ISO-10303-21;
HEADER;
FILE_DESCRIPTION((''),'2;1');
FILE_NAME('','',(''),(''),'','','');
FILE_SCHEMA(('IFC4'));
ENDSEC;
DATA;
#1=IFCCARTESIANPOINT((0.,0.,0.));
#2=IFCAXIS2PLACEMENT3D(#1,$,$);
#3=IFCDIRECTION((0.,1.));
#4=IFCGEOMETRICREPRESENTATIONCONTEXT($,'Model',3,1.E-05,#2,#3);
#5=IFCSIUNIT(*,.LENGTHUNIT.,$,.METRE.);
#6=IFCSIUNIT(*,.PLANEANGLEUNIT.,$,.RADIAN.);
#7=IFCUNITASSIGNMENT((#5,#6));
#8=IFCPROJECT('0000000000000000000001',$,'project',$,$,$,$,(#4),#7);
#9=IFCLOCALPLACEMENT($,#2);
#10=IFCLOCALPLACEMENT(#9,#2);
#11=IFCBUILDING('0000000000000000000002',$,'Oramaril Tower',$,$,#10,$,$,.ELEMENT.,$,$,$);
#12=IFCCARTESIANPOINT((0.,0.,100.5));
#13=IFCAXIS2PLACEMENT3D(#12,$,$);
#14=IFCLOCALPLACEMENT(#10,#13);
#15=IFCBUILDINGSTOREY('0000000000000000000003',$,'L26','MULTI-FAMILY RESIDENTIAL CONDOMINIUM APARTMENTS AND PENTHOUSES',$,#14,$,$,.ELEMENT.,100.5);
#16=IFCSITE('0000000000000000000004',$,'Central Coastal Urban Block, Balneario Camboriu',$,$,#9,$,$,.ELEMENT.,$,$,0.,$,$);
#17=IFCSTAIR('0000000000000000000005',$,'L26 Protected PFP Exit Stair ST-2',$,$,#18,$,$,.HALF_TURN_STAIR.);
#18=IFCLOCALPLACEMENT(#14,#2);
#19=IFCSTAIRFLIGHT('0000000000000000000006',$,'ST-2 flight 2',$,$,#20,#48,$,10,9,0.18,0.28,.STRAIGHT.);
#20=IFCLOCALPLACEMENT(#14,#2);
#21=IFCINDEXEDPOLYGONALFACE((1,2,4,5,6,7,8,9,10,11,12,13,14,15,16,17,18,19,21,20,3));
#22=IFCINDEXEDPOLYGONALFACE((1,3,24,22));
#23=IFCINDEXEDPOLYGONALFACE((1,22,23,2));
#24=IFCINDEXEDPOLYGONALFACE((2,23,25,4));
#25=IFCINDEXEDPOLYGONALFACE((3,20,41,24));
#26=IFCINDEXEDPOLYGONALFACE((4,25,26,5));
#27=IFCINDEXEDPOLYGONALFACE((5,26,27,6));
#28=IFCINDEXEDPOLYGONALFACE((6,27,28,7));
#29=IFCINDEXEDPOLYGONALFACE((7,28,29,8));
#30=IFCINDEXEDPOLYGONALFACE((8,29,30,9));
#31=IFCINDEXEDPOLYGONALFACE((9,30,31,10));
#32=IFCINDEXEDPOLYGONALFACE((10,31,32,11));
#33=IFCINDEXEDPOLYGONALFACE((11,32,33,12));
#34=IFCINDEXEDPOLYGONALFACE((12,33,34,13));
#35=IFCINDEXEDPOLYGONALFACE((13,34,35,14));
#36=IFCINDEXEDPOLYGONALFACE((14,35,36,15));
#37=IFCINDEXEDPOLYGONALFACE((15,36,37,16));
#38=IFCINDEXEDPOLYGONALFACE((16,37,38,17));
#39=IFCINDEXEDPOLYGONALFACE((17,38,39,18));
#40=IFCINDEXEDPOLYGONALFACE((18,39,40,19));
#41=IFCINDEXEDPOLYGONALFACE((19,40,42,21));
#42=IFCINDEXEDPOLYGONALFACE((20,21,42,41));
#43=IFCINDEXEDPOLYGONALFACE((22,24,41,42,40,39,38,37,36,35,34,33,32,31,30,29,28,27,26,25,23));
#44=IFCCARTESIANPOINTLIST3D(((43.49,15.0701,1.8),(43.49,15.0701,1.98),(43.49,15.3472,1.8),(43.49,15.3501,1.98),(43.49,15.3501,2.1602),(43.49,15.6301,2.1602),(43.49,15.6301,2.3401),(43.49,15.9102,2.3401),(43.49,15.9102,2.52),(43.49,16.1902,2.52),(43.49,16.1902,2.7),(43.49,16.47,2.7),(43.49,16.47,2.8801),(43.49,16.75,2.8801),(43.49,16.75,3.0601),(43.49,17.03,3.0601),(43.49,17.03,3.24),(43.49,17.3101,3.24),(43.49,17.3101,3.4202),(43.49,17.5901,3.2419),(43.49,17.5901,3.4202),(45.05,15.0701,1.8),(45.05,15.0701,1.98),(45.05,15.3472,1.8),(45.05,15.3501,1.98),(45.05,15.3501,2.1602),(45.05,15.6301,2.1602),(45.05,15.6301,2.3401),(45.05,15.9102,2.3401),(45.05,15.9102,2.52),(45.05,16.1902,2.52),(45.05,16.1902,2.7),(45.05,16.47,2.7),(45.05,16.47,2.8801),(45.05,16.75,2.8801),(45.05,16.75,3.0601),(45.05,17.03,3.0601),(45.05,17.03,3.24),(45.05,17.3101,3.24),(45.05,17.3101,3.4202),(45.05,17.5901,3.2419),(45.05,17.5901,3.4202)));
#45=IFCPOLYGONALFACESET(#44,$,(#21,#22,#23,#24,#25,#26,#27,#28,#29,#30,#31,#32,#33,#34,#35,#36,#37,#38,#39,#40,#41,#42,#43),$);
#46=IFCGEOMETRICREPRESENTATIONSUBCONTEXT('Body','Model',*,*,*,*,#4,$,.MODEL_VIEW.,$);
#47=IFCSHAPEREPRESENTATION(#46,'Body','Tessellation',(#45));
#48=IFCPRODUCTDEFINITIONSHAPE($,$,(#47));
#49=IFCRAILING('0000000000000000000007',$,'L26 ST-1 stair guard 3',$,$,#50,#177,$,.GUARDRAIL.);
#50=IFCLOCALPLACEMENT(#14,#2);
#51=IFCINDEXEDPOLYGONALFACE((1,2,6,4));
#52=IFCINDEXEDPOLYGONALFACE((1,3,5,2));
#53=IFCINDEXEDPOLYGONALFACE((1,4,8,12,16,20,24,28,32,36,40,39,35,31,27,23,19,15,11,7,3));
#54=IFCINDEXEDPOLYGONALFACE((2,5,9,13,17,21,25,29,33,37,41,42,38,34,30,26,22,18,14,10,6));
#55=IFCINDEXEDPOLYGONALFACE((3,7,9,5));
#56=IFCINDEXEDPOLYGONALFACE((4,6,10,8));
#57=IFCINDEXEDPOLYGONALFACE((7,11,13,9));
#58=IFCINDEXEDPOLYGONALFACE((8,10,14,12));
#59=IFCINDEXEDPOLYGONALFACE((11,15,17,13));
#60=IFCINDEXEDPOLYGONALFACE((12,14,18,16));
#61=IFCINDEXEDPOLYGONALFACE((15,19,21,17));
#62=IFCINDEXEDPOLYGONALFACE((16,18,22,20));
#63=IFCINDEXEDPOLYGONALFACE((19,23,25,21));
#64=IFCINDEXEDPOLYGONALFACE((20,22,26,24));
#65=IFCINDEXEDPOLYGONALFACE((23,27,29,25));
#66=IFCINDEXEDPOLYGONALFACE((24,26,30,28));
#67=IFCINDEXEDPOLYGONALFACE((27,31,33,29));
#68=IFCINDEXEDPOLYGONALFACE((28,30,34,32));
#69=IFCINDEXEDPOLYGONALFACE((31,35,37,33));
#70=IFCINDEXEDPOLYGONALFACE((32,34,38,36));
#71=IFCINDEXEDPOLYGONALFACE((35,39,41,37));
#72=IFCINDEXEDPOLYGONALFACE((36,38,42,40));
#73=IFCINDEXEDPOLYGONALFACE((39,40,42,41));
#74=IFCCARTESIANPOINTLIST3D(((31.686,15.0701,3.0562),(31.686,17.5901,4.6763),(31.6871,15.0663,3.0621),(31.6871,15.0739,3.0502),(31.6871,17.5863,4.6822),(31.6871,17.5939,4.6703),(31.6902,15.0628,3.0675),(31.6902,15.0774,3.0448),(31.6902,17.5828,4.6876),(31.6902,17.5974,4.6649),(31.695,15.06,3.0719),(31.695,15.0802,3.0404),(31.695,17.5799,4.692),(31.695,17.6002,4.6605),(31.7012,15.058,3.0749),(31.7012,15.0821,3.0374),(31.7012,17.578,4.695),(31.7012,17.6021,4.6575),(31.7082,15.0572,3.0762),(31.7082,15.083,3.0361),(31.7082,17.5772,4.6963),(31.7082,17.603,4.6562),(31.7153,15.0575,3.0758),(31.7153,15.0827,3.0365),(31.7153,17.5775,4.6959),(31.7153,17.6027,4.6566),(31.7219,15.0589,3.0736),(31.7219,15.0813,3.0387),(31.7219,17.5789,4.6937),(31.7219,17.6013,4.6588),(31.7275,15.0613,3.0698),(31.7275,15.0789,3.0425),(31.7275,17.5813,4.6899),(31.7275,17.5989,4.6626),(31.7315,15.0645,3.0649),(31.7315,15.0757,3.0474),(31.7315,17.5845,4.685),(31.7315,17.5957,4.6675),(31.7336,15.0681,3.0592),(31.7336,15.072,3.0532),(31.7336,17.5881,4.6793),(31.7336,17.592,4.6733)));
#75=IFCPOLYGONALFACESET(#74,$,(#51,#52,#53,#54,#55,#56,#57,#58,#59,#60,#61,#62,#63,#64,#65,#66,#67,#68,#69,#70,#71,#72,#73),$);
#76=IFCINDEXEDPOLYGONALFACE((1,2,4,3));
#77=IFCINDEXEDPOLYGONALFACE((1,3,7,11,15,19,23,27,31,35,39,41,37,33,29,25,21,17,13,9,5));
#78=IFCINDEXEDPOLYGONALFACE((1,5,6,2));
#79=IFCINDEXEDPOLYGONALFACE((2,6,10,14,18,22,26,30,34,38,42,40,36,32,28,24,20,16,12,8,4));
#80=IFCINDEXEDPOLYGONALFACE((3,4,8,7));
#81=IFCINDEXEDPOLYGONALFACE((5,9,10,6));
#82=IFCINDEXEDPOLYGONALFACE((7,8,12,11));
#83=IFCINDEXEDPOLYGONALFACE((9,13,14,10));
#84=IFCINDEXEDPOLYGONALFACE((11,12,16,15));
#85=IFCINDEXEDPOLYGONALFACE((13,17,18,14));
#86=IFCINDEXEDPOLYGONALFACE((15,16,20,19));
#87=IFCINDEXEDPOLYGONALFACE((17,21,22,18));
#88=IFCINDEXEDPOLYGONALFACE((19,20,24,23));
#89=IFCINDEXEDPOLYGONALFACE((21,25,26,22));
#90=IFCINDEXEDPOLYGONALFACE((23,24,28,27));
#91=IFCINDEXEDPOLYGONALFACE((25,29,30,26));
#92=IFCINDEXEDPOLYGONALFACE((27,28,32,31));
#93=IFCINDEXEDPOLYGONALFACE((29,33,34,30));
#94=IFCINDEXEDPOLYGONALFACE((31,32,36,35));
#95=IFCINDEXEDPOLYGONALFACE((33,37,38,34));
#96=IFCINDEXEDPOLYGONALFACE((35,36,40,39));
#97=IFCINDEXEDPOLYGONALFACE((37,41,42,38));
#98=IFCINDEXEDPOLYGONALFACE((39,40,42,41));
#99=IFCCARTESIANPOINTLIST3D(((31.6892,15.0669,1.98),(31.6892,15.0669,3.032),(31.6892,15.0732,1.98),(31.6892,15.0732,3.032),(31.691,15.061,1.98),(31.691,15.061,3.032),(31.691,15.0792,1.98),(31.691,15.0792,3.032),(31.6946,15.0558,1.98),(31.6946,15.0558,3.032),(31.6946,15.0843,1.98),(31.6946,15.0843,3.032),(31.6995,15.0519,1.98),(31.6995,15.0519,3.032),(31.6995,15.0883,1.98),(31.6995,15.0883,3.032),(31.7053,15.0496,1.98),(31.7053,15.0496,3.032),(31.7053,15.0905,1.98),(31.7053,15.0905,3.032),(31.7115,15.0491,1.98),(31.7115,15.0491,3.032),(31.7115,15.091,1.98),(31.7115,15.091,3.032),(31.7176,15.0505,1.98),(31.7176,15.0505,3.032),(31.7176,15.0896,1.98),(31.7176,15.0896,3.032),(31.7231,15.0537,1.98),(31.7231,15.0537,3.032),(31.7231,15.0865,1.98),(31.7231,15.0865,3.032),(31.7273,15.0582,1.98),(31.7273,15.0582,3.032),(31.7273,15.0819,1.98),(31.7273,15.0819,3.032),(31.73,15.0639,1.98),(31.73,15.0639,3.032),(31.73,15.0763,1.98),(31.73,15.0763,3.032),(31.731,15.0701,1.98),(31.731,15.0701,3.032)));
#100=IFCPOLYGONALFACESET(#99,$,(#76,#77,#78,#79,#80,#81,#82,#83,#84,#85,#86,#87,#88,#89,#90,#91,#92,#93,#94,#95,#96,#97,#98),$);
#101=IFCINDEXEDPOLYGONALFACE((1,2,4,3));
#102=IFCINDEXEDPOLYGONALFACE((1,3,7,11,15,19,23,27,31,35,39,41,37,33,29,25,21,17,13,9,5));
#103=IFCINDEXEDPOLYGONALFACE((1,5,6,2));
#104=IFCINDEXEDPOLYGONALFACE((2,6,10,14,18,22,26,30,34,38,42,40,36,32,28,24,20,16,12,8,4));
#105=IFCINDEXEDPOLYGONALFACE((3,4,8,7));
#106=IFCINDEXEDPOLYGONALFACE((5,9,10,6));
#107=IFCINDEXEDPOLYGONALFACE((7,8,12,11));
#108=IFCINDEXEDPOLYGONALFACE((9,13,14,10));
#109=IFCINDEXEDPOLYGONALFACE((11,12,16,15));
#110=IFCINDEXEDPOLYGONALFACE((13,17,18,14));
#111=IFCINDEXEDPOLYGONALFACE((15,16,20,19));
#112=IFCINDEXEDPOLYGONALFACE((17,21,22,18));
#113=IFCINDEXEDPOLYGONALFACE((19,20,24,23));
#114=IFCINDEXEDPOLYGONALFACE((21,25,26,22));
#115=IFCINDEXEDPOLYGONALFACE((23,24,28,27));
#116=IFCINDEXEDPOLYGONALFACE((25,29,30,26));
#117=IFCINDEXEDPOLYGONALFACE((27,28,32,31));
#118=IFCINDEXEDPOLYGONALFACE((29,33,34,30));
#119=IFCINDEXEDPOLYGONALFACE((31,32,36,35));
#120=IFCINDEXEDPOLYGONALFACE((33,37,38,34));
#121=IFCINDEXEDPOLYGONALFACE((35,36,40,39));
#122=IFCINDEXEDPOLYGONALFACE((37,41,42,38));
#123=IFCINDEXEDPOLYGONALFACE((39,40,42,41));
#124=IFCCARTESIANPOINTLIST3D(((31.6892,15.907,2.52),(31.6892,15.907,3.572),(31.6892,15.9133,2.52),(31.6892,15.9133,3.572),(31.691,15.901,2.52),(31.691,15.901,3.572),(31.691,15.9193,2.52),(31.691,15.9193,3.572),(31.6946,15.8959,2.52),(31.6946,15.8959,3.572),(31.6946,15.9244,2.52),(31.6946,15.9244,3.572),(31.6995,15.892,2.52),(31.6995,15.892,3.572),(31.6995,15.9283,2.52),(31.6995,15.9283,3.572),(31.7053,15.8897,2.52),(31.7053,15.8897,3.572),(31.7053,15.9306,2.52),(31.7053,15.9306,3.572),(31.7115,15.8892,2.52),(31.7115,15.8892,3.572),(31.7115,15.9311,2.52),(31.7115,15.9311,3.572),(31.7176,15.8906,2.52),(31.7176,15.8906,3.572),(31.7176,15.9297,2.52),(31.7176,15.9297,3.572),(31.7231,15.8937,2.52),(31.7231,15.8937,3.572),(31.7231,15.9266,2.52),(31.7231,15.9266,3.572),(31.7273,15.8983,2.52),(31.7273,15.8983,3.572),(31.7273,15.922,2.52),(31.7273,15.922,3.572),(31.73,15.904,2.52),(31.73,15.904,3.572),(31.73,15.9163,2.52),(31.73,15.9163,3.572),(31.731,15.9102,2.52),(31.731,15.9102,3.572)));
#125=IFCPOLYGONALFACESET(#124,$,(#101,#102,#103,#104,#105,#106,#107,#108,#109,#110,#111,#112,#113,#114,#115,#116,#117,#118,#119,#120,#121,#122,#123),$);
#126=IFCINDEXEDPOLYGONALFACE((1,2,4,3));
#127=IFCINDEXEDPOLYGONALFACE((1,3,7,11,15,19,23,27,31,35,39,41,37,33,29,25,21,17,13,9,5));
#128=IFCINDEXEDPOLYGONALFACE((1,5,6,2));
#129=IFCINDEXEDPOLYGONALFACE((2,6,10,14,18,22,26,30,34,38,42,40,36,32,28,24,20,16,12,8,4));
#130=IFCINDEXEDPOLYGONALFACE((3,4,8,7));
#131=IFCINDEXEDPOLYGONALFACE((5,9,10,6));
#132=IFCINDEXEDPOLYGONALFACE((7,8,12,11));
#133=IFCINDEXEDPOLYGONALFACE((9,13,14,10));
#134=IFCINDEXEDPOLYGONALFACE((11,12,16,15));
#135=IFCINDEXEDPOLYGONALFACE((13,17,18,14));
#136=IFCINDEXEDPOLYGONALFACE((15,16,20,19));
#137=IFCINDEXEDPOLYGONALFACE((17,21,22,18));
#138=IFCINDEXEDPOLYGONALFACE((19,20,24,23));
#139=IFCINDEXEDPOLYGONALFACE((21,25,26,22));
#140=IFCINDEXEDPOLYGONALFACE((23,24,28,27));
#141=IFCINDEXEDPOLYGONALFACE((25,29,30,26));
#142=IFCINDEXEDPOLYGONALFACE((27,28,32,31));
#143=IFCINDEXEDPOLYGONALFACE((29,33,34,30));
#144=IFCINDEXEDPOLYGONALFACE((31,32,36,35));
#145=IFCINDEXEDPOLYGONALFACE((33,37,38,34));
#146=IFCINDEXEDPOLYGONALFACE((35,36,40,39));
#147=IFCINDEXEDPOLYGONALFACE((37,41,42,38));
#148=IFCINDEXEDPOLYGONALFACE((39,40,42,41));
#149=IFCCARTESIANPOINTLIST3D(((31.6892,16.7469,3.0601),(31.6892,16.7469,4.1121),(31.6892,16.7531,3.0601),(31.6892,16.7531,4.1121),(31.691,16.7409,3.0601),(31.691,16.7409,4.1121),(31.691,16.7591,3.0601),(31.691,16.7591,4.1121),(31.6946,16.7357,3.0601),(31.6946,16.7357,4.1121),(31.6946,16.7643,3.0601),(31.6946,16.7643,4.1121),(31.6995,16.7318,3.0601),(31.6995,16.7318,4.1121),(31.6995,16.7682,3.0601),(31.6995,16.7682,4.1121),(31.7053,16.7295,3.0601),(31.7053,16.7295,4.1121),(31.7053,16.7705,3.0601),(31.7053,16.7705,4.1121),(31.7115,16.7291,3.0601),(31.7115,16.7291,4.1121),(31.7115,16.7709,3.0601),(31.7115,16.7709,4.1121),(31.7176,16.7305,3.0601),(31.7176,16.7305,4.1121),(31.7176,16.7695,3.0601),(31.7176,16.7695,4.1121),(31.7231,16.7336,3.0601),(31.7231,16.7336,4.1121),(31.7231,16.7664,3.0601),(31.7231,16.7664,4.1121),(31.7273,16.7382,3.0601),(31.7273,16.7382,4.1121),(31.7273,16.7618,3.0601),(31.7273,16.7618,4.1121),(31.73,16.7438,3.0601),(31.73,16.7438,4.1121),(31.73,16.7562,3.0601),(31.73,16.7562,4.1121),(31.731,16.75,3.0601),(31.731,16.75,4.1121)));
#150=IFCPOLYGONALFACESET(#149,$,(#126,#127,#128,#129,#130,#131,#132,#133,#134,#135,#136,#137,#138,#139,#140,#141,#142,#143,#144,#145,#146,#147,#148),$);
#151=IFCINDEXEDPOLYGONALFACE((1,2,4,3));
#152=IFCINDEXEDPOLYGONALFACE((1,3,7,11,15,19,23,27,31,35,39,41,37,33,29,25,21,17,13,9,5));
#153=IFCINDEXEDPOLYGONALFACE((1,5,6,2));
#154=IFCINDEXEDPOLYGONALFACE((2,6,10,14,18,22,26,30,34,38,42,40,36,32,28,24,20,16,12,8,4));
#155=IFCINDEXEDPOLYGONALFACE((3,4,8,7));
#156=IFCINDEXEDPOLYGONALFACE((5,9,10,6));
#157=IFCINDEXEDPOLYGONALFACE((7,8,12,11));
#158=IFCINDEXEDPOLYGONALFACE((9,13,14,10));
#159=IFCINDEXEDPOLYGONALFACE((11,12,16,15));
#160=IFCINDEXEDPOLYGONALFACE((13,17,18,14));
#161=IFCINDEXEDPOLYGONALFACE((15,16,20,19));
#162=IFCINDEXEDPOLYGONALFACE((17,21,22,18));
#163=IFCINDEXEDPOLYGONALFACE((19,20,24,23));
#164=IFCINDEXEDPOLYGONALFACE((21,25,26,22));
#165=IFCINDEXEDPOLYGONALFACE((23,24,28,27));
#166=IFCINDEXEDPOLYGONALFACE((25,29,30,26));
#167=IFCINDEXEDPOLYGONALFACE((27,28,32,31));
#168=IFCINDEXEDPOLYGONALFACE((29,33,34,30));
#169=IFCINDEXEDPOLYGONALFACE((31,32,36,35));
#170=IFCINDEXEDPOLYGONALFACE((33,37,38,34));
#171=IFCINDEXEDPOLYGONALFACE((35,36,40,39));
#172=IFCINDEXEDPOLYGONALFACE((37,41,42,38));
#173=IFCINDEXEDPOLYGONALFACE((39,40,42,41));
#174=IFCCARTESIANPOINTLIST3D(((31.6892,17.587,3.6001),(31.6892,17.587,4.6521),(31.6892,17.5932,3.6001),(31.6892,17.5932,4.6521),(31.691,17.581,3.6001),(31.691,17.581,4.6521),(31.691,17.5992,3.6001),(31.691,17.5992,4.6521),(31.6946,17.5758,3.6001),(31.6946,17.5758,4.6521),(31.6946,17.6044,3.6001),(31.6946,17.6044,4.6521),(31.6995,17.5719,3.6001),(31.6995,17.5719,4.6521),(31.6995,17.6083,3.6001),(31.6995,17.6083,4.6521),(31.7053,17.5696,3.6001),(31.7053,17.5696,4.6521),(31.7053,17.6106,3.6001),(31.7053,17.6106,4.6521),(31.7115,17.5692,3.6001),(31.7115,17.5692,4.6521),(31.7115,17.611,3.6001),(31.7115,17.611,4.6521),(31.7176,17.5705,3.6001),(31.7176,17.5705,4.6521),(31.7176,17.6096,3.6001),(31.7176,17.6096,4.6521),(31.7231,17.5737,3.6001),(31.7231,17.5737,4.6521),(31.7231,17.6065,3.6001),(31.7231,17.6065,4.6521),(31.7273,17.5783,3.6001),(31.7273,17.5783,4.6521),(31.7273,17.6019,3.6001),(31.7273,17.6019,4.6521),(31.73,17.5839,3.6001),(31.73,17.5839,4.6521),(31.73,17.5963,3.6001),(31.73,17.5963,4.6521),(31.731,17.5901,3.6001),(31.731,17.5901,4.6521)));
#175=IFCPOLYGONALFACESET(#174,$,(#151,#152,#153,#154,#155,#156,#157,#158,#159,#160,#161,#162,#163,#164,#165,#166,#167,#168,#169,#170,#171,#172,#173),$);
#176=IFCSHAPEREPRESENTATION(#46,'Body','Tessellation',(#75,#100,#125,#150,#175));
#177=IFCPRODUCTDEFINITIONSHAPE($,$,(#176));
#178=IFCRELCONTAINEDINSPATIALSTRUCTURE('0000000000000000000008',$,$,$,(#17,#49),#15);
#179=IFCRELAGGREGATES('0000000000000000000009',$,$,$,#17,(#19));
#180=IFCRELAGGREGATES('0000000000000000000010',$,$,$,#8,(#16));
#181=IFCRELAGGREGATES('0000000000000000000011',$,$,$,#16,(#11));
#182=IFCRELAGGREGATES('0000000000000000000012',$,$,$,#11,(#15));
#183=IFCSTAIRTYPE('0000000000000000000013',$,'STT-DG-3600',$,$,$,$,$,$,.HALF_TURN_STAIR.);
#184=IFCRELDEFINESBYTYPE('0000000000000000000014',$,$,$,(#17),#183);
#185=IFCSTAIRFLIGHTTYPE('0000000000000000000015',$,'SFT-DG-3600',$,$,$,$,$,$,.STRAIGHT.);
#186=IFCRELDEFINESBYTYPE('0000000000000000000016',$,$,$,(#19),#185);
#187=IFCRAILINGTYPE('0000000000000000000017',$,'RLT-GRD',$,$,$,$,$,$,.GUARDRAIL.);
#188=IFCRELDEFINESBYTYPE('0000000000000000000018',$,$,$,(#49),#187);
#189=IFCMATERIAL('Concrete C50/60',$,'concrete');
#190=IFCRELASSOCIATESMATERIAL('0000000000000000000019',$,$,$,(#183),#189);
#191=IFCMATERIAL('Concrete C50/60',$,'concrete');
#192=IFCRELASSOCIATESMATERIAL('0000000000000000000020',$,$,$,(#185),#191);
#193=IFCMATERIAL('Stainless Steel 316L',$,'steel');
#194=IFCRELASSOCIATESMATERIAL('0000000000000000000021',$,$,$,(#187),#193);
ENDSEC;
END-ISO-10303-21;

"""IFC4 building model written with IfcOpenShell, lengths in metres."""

from ifc_helpers import new_model, si_unit, direction, frame, origin, origin_2d, place, context, subcontext, project, spatial, polyline, circle, outline, extrude, material, type_object, element, aggregate, save


model = new_model("IFC4")

# Units and contexts
model_context = context("Model", 3, precision=1e-05, world=origin(), true_north=direction((0.0, 1.0)))
body_context = subcontext(model_context, "Body", "Model", "MODEL_VIEW")
ifc_project = project(units=[si_unit("LENGTHUNIT", "METRE"), si_unit("PLANEANGLEUNIT", "RADIAN")], contexts=[model_context])

# Site, building, storey
site_placement = place(None, origin())
site = spatial("IfcSite", under=ifc_project, at=site_placement, Name="Central Coastal Urban Block, Balneario Camboriu", CompositionType="ELEMENT", RefElevation=0.0)
building_placement = place(site_placement, origin())
building = spatial("IfcBuilding", under=site, at=building_placement, Name="Oramaril Tower", CompositionType="ELEMENT")
storey_placement = place(building_placement, frame((0.0, 0.0, 100.5)))
storey = spatial("IfcBuildingStorey", under=building, at=storey_placement, Name="L26", Description="MULTI-FAMILY RESIDENTIAL CONDOMINIUM APARTMENTS AND PENTHOUSES", CompositionType="ELEMENT", Elevation=100.5)

# Stair, stair flight
ifc_material_1 = material(Name="Concrete C50/60", Category="concrete")
stair_type = type_object("IfcStairType", Name="STT-DG-3600", PredefinedType="HALF_TURN_STAIR", material=ifc_material_1)
ifc_material_2 = material(Name="Concrete C50/60", Category="concrete")
stair_flight_type = type_object("IfcStairFlightType", Name="SFT-DG-3600", PredefinedType="STRAIGHT", material=ifc_material_2)
stair_1_placement = place(storey_placement, origin())
stair_1 = element("IfcStair", 1, at=stair_1_placement, inside=storey, type_object=stair_type, Name="L26 Protected PFP Exit Stair ST-2", PredefinedType="HALF_TURN_STAIR")
stair_flight_1_placement = place(storey_placement, frame((44.27, 15.0701, 1.8), z_axis=(0.0, 0.0, 1.0), x_axis=(0.0, 1.0, 0.0)))
stair_flight_1 = element("IfcStairFlight", 2, at=stair_flight_1_placement, type_object=stair_flight_type, Name="ST-2 flight 2", NumberOfRisers=10, NumberOfTreads=9, PredefinedType="STRAIGHT", RiserHeight=0.18, TreadLength=0.28, context=body_context, shape_type="SweptSolid", body=[
    extrude(outline(polyline([(0.0, 0.0), (0.0, 0.1799), (0.28, 0.1799), (0.28, 0.3601), (0.5601, 0.3601), (0.5601, 0.54), (0.8401, 0.54), (0.8401, 0.72), (1.1201, 0.72), (1.1201, 0.8999), (1.3999, 0.8999), (1.3999, 1.0801), (1.6799, 1.0801), (1.6799, 1.26), (1.96, 1.26), (1.96, 1.4399), (2.24, 1.4399), (2.24, 1.6201), (2.52, 1.6201), (2.52, 1.8), (2.52, 1.4419), (0.2771, 0.0), (0.0, 0.0)])), frame((0.0, 0.78, 0.0), z_axis=(0.0, -1.0, 0.0), x_axis=(1.0, 0.0, 0.0)), (0.0, 0.0, 1.0), 1.5601),
])
aggregate(stair_1, [stair_flight_1])

# Railing
ifc_material_3 = material(Name="Stainless Steel 316L", Category="steel")
railing_type_1 = type_object("IfcRailingType", Name="RLT-GRD", PredefinedType="GUARDRAIL", material=ifc_material_3)
railing_1_placement = place(storey_placement, frame((31.71, 15.0701, 1.98)))
element("IfcRailing", 3, at=railing_1_placement, inside=storey, type_object=railing_type_1, Name="L26 ST-1 stair guard 3", PredefinedType="GUARDRAIL", context=body_context, shape_type="SweptSolid", body=[
    extrude(circle(Radius=0.0239, at=origin_2d()), frame((0.0, 0.0, 1.0762), z_axis=(0.0, 0.841163, 0.540782), x_axis=(-1.0, 0.0, 0.0)), (0.0, 0.0, 1.0), 2.9958),
    extrude(circle(Radius=0.021, at=origin_2d()), origin(), (0.0, 0.0, 1.0), 1.052),
    extrude(circle(Radius=0.021, at=origin_2d()), frame((0.0, 0.8401, 0.54)), (0.0, 0.0, 1.0), 1.052),
    extrude(circle(Radius=0.021, at=origin_2d()), frame((0.0, 1.6799, 1.0801)), (0.0, 0.0, 1.0), 1.052),
    extrude(circle(Radius=0.021, at=origin_2d()), frame((0.0, 2.52, 1.6201)), (0.0, 0.0, 1.0), 1.052),
])

save(model, "model.ifc")
